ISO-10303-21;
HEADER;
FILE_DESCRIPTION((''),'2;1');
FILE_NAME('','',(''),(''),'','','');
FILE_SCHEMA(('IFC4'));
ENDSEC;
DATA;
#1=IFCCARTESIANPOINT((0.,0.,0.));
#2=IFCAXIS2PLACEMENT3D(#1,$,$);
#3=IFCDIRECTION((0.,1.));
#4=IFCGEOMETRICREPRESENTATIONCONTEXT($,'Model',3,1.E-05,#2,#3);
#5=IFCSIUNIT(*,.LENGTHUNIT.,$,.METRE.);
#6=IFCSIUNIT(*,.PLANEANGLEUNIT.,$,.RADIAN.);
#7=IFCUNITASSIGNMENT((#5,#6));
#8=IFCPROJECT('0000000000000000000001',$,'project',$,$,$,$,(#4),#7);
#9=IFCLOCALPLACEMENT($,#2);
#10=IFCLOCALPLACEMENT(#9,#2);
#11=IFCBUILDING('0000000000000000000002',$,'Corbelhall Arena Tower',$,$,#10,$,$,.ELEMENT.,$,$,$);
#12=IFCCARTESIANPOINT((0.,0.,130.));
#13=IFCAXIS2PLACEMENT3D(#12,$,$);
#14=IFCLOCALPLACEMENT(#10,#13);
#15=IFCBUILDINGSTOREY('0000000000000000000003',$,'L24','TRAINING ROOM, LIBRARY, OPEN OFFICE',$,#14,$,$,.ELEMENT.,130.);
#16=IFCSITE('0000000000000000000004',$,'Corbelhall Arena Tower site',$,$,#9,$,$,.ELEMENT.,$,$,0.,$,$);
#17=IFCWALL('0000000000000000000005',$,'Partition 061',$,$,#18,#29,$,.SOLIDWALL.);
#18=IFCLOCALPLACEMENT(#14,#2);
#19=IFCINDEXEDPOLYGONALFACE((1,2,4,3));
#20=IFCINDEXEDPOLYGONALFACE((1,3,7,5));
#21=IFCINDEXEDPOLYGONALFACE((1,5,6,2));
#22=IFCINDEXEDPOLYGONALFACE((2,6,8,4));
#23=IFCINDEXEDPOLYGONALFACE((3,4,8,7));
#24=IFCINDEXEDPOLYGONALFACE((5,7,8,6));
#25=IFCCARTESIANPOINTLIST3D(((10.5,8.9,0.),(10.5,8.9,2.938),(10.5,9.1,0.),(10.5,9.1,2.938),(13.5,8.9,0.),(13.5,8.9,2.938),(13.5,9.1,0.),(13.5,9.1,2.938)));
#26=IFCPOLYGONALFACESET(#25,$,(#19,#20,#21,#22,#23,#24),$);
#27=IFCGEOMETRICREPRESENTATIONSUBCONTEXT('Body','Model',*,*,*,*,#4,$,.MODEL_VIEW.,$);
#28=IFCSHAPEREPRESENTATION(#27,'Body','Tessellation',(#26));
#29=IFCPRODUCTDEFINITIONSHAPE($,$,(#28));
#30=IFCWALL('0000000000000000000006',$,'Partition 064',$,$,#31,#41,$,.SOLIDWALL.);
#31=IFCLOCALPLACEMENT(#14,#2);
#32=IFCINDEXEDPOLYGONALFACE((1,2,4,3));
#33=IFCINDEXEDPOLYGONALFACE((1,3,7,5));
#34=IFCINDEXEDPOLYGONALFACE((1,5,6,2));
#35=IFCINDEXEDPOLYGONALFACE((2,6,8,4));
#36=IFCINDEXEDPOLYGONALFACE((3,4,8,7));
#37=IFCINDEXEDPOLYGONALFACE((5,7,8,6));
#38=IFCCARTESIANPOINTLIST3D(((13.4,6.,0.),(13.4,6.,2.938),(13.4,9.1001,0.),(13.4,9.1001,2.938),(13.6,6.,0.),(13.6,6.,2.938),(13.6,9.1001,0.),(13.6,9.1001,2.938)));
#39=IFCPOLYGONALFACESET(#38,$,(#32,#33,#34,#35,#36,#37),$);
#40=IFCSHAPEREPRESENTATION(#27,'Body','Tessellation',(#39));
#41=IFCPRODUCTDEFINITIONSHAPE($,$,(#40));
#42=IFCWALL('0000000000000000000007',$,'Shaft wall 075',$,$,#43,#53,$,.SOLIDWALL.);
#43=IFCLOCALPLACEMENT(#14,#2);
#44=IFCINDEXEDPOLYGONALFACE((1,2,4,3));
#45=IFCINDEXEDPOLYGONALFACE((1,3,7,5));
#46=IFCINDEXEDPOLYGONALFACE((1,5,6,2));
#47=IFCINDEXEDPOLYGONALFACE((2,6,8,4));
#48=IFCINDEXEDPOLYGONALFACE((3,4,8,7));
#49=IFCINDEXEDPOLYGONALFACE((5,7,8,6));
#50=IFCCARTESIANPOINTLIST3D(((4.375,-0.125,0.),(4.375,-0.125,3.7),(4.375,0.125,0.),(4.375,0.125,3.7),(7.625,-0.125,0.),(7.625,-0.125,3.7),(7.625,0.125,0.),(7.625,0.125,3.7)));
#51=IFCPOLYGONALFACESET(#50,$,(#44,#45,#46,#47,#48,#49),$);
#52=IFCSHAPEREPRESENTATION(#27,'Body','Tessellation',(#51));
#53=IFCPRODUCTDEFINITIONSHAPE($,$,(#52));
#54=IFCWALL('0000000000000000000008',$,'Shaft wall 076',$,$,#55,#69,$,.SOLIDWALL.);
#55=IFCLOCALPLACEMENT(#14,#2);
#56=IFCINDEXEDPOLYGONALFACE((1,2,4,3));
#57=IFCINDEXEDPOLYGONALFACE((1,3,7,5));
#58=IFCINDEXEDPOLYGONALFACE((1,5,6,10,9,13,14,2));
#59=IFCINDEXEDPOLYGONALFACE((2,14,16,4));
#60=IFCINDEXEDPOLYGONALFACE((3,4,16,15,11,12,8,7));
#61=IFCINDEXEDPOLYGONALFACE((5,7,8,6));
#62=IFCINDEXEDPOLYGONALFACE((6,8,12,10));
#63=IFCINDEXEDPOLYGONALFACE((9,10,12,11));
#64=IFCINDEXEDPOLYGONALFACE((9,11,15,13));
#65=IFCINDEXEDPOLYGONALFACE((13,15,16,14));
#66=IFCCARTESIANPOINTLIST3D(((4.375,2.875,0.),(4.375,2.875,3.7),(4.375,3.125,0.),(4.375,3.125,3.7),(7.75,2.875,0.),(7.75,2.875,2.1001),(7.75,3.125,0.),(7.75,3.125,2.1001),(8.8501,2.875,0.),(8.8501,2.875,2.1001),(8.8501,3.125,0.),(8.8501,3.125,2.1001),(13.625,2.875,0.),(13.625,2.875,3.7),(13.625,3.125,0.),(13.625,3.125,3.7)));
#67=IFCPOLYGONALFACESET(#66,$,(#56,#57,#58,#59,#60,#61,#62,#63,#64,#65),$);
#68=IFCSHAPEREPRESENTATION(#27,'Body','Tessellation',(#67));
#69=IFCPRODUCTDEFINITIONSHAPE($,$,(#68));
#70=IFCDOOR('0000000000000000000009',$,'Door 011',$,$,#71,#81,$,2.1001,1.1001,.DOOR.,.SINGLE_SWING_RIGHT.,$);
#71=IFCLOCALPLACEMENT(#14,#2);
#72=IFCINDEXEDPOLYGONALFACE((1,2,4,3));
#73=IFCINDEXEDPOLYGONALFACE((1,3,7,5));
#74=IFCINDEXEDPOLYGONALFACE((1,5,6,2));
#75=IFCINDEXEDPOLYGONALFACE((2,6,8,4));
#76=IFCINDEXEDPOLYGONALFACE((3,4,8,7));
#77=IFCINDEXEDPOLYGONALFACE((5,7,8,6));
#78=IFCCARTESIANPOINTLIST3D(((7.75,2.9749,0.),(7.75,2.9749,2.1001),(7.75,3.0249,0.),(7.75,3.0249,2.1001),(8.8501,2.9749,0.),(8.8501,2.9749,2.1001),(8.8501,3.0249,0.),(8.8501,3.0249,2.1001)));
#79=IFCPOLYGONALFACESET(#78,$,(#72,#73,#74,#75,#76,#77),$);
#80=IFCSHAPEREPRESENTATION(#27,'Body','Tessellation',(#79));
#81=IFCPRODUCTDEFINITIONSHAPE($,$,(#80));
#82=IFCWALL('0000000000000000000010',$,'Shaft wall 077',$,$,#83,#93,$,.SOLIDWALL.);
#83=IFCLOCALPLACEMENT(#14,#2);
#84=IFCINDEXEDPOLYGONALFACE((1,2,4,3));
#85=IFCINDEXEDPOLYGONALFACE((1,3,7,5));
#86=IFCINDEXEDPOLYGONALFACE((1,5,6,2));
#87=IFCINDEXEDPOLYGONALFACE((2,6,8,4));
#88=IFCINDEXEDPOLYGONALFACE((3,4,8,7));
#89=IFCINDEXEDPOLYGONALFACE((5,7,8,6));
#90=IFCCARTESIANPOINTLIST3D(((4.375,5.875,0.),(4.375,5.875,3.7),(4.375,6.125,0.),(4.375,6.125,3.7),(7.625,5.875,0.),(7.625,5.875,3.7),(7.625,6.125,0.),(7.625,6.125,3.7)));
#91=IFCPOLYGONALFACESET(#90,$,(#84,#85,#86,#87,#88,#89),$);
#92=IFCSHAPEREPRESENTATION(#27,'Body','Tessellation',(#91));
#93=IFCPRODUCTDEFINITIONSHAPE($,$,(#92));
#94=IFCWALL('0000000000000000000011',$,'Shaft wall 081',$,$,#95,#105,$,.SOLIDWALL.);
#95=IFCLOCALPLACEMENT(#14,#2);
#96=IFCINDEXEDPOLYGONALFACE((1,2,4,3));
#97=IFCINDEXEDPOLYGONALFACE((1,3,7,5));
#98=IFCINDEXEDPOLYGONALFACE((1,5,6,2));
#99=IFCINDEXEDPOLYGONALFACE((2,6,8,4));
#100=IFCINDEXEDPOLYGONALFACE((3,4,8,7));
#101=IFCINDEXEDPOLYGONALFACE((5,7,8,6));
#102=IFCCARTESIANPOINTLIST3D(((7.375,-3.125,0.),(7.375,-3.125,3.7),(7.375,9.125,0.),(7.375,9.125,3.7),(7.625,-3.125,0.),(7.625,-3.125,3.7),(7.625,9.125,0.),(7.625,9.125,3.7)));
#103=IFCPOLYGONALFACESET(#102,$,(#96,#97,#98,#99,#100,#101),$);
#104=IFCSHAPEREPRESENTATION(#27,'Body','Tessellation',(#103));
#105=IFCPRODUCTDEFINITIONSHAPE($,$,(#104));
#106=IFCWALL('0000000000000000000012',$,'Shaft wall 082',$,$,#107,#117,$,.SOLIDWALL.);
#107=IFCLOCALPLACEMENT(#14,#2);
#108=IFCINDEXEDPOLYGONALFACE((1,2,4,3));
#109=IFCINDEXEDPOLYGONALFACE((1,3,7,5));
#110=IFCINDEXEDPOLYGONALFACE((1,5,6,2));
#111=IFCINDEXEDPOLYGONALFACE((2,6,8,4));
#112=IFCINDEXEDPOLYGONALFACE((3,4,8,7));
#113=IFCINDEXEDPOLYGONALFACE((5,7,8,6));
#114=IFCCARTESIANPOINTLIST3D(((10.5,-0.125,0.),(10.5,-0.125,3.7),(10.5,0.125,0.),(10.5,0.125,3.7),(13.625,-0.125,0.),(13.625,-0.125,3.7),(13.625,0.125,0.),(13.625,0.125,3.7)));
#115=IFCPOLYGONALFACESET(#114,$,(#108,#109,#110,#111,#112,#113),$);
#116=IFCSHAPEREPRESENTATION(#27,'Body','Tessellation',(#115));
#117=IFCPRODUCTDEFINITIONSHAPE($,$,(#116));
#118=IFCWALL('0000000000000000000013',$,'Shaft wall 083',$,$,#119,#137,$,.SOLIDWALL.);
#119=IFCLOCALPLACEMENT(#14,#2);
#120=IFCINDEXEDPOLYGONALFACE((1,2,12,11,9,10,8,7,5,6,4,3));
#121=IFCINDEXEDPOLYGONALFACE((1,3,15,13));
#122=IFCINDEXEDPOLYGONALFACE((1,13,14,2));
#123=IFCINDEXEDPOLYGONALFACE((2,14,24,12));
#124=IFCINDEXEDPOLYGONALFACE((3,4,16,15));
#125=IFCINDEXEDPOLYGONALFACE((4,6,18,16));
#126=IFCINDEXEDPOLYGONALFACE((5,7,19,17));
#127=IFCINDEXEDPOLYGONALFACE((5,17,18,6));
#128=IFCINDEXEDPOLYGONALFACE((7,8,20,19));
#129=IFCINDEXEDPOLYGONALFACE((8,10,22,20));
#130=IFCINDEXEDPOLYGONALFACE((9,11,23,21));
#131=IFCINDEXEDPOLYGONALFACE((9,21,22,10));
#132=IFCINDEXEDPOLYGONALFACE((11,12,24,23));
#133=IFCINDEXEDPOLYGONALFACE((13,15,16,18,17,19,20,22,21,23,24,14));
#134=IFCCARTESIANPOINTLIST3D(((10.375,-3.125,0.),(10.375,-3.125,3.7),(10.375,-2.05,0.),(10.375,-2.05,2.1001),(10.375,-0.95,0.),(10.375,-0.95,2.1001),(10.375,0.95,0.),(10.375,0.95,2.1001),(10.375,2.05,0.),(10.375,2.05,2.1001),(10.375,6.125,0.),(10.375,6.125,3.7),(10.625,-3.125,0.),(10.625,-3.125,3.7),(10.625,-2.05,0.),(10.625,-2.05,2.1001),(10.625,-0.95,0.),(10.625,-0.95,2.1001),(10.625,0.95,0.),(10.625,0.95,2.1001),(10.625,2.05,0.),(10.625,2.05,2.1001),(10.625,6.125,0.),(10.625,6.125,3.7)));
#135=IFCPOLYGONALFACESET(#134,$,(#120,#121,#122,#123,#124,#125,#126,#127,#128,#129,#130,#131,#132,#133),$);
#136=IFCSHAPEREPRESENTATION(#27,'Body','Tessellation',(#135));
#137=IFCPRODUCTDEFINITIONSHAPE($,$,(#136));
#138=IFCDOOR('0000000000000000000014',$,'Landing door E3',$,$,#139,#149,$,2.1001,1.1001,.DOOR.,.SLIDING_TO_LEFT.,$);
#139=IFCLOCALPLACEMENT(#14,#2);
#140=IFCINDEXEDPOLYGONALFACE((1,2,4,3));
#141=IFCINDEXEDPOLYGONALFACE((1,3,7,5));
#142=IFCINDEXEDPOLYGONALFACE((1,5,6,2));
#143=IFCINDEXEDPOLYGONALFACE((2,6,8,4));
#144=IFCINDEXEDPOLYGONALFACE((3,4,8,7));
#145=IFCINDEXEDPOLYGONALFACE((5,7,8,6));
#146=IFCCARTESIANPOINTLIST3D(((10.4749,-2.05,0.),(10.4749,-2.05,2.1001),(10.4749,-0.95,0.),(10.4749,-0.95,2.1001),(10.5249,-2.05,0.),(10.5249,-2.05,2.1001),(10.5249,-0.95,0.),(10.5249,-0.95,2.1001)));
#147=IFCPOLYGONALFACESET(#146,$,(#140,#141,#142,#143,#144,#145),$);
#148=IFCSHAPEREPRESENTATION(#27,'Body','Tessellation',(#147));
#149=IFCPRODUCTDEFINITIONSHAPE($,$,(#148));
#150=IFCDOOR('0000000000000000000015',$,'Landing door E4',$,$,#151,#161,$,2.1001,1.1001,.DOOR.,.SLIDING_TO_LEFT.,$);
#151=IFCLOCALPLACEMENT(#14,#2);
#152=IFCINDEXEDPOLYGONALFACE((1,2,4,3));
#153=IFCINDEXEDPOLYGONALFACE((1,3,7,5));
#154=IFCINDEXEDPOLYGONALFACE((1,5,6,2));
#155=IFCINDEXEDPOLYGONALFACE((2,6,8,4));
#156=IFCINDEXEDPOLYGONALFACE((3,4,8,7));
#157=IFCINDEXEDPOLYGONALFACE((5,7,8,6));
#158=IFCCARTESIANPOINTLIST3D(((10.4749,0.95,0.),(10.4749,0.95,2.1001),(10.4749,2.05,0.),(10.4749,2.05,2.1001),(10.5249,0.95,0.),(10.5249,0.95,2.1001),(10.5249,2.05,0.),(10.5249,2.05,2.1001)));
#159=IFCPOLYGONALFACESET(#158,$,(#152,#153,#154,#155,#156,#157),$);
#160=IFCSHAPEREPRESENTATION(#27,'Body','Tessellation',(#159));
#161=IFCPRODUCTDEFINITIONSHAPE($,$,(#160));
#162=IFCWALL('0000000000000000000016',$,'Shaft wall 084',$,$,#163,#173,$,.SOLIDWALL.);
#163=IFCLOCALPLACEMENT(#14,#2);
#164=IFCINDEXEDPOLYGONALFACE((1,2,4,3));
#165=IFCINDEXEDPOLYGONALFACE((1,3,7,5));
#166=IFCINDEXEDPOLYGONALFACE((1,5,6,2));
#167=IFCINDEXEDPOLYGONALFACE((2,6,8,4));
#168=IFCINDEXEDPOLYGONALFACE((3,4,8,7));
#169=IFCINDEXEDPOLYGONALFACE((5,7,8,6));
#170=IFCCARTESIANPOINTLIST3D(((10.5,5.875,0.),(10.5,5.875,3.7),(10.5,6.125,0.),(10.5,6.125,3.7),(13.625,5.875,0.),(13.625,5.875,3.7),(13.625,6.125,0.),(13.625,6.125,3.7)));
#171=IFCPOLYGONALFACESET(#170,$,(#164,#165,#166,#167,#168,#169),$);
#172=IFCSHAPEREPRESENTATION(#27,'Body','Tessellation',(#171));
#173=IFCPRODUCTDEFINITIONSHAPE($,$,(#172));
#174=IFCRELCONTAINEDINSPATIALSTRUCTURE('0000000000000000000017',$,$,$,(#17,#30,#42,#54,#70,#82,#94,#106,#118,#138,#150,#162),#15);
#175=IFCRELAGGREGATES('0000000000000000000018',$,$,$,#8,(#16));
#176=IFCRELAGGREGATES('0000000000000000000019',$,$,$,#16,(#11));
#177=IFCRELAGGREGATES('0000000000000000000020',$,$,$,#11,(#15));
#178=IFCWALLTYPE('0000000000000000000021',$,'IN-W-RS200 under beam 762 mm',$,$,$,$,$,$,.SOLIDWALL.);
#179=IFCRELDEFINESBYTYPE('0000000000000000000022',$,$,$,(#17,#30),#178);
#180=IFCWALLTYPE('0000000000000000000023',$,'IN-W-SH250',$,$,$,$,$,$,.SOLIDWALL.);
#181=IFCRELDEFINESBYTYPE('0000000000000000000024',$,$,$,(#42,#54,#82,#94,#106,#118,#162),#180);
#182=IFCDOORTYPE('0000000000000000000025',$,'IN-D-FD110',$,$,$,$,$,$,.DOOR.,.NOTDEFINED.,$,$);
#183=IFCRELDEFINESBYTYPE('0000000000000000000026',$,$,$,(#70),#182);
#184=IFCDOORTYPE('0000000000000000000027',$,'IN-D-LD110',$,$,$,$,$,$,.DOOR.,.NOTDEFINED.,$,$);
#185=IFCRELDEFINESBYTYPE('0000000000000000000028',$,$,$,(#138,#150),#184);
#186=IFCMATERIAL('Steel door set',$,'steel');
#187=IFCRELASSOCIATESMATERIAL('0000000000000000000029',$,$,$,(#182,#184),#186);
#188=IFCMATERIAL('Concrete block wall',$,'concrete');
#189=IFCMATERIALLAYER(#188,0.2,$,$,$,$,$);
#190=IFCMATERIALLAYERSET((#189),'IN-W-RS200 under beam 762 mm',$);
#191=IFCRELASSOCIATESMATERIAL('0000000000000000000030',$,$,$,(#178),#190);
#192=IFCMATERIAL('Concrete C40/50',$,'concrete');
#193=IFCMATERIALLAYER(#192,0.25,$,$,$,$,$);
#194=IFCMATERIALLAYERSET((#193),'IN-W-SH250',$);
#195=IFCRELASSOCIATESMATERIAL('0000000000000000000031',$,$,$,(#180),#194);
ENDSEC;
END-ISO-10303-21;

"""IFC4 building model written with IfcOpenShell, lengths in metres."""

from ifc_helpers import new_model, si_unit, direction, frame, frame_2d, origin, place, context, subcontext, project, spatial, rectangle, extrude, material, layer, layer_set, type_object, element, fill, save


model = new_model("IFC4")

# Units and contexts
model_context = context("Model", 3, precision=1e-05, world=origin(), true_north=direction((0.0, 1.0)))
body_context = subcontext(model_context, "Body", "Model", "MODEL_VIEW")
ifc_project = project(units=[si_unit("LENGTHUNIT", "METRE"), si_unit("PLANEANGLEUNIT", "RADIAN")], contexts=[model_context])

# Site, building, storey
site_placement = place(None, origin())
site = spatial("IfcSite", under=ifc_project, at=site_placement, Name="Corbelhall Arena Tower site", CompositionType="ELEMENT", RefElevation=0.0)
building_placement = place(site_placement, origin())
building = spatial("IfcBuilding", under=site, at=building_placement, Name="Corbelhall Arena Tower", CompositionType="ELEMENT")
storey_placement = place(building_placement, frame((0.0, 0.0, 130.0)))
storey = spatial("IfcBuildingStorey", under=building, at=storey_placement, Name="L24", Description="TRAINING ROOM, LIBRARY, OPEN OFFICE", CompositionType="ELEMENT", Elevation=130.0)

# Shared definitions
ifc_material_1 = material(Name="Concrete C40/50", Category="concrete")

# Shared definitions
ifc_material_2 = material(Name="Concrete block wall", Category="concrete")
ifc_material_3 = material(Name="Steel door set", Category="steel")
door_type_1 = type_object("IfcDoorType", Name="IN-D-FD110", OperationType="NOTDEFINED", PredefinedType="DOOR", material=ifc_material_3)

# Walls
ifc_layer_1 = layer(ifc_material_2, 0.2)
ifc_layer_set_1 = layer_set([ifc_layer_1], Name="IN-W-RS200 under beam 762 mm")
wall_type_1 = type_object("IfcWallType", Name="IN-W-RS200 under beam 762 mm", PredefinedType="SOLIDWALL", material=ifc_layer_set_1)
wall_1_placement = place(storey_placement, frame((10.5, 9.0, 0.0), z_axis=(0.0, 0.0, 1.0), x_axis=(1.0, 0.0, 0.0)))
element("IfcWall", 1, at=wall_1_placement, inside=storey, type_object=wall_type_1, Name="Partition 061", PredefinedType="SOLIDWALL", context=body_context, shape_type="SweptSolid", body=[
    extrude(rectangle(XDim=3.0, YDim=0.2, at=frame_2d((1.5, 0.0))), origin(), (0.0, 0.0, 1.0), 2.938),
])
wall_2_placement = place(storey_placement, frame((13.5, 9.1001, 0.0), z_axis=(0.0, 0.0, 1.0), x_axis=(0.0, -1.0, 0.0)))
element("IfcWall", 2, at=wall_2_placement, inside=storey, type_object=wall_type_1, Name="Partition 064", PredefinedType="SOLIDWALL", context=body_context, shape_type="SweptSolid", body=[
    extrude(rectangle(XDim=3.1001, YDim=0.2, at=frame_2d((1.55, 0.0))), origin(), (0.0, 0.0, 1.0), 2.938),
])
ifc_layer_2 = layer(ifc_material_1, 0.25)
ifc_layer_set_2 = layer_set([ifc_layer_2], Name="IN-W-SH250")
wall_type_2 = type_object("IfcWallType", Name="IN-W-SH250", PredefinedType="SOLIDWALL", material=ifc_layer_set_2)
wall_3_placement = place(storey_placement, frame((4.375, 0.0, 0.0), z_axis=(0.0, 0.0, 1.0), x_axis=(1.0, 0.0, 0.0)))
element("IfcWall", 3, at=wall_3_placement, inside=storey, type_object=wall_type_2, Name="Shaft wall 075", PredefinedType="SOLIDWALL", context=body_context, shape_type="SweptSolid", body=[
    extrude(rectangle(XDim=3.25, YDim=0.25, at=frame_2d((1.625, 0.0))), origin(), (0.0, 0.0, 1.0), 3.7),
])

# Wall, opening, door
wall_4_placement = place(storey_placement, frame((4.375, 3.0, 0.0), z_axis=(0.0, 0.0, 1.0), x_axis=(1.0, 0.0, 0.0)))
wall_4 = element("IfcWall", 4, at=wall_4_placement, inside=storey, type_object=wall_type_2, Name="Shaft wall 076", PredefinedType="SOLIDWALL", context=body_context, shape_type="SweptSolid", body=[
    extrude(rectangle(XDim=9.25, YDim=0.25, at=frame_2d((4.625, 0.0))), origin(), (0.0, 0.0, 1.0), 3.7),
])
opening_1_placement = place(wall_4_placement, frame((3.375, 0.0, 0.0)))
opening_1 = element("IfcOpeningElement", 5, at=opening_1_placement, cuts=wall_4, PredefinedType="OPENING", context=body_context, shape_type="SweptSolid", body=[
    extrude(rectangle(XDim=1.1001, YDim=2.1001, at=frame_2d((0.55, 1.05))), frame((0.0, 0.125, 0.0), z_axis=(0.0, -1.0, 0.0), x_axis=(1.0, 0.0, 0.0)), (0.0, 0.0, 1.0), 0.25),
])
door_1_placement = place(opening_1_placement, origin())
door_1 = element("IfcDoor", 6, at=door_1_placement, inside=storey, type_object=door_type_1, Name="Door 011", OperationType="SINGLE_SWING_RIGHT", OverallHeight=2.1001, OverallWidth=1.1001, PredefinedType="DOOR", context=body_context, shape_type="SweptSolid", body=[
    extrude(rectangle(XDim=1.1001, YDim=2.1001, at=frame_2d((0.55, 1.05))), frame((0.0, 0.0249, 0.0), z_axis=(0.0, -1.0, 0.0), x_axis=(1.0, 0.0, 0.0)), (0.0, 0.0, 1.0), 0.05),
])
fill(opening_1, door_1)

# Walls
wall_5_placement = place(storey_placement, frame((4.375, 6.0, 0.0), z_axis=(0.0, 0.0, 1.0), x_axis=(1.0, 0.0, 0.0)))
element("IfcWall", 7, at=wall_5_placement, inside=storey, type_object=wall_type_2, Name="Shaft wall 077", PredefinedType="SOLIDWALL", context=body_context, shape_type="SweptSolid", body=[
    extrude(rectangle(XDim=3.25, YDim=0.25, at=frame_2d((1.625, 0.0))), origin(), (0.0, 0.0, 1.0), 3.7),
])
wall_6_placement = place(storey_placement, frame((7.5, 9.125, 0.0), z_axis=(0.0, 0.0, 1.0), x_axis=(0.0, -1.0, 0.0)))
element("IfcWall", 8, at=wall_6_placement, inside=storey, type_object=wall_type_2, Name="Shaft wall 081", PredefinedType="SOLIDWALL", context=body_context, shape_type="SweptSolid", body=[
    extrude(rectangle(XDim=12.25, YDim=0.25, at=frame_2d((6.125, 0.0))), origin(), (0.0, 0.0, 1.0), 3.7),
])
wall_7_placement = place(storey_placement, frame((10.5, 0.0, 0.0), z_axis=(0.0, 0.0, 1.0), x_axis=(1.0, 0.0, 0.0)))
element("IfcWall", 9, at=wall_7_placement, inside=storey, type_object=wall_type_2, Name="Shaft wall 082", PredefinedType="SOLIDWALL", context=body_context, shape_type="SweptSolid", body=[
    extrude(rectangle(XDim=3.125, YDim=0.25, at=frame_2d((1.5625, 0.0))), origin(), (0.0, 0.0, 1.0), 3.7),
])

# Wall, openings, doors
wall_8_placement = place(storey_placement, frame((10.5, 6.125, 0.0), z_axis=(0.0, 0.0, 1.0), x_axis=(0.0, -1.0, 0.0)))
wall_8 = element("IfcWall", 10, at=wall_8_placement, inside=storey, type_object=wall_type_2, Name="Shaft wall 083", PredefinedType="SOLIDWALL", context=body_context, shape_type="SweptSolid", body=[
    extrude(rectangle(XDim=9.25, YDim=0.25, at=frame_2d((4.625, 0.0))), origin(), (0.0, 0.0, 1.0), 3.7),
])
opening_2_placement = place(wall_8_placement, frame((7.075, 0.0, 0.0)))
opening_2 = element("IfcOpeningElement", 11, at=opening_2_placement, cuts=wall_8, PredefinedType="OPENING", context=body_context, shape_type="SweptSolid", body=[
    extrude(rectangle(XDim=1.1001, YDim=2.1001, at=frame_2d((0.55, 1.05))), frame((0.0, 0.125, 0.0), z_axis=(0.0, -1.0, 0.0), x_axis=(1.0, 0.0, 0.0)), (0.0, 0.0, 1.0), 0.25),
])
opening_3_placement = place(wall_8_placement, frame((4.075, 0.0, 0.0)))
opening_3 = element("IfcOpeningElement", 12, at=opening_3_placement, cuts=wall_8, PredefinedType="OPENING", context=body_context, shape_type="SweptSolid", body=[
    extrude(rectangle(XDim=1.1001, YDim=2.1001, at=frame_2d((0.55, 1.05))), frame((0.0, 0.125, 0.0), z_axis=(0.0, -1.0, 0.0), x_axis=(1.0, 0.0, 0.0)), (0.0, 0.0, 1.0), 0.25),
])
door_type_2 = type_object("IfcDoorType", Name="IN-D-LD110", OperationType="NOTDEFINED", PredefinedType="DOOR", material=ifc_material_3)
door_2_placement = place(opening_2_placement, origin())
door_2 = element("IfcDoor", 13, at=door_2_placement, inside=storey, type_object=door_type_2, Name="Landing door E3", OperationType="SLIDING_TO_LEFT", OverallHeight=2.1001, OverallWidth=1.1001, PredefinedType="DOOR", context=body_context, shape_type="SweptSolid", body=[
    extrude(rectangle(XDim=1.1001, YDim=2.1001, at=frame_2d((0.55, 1.05))), frame((0.0, 0.0249, 0.0), z_axis=(0.0, -1.0, 0.0), x_axis=(1.0, 0.0, 0.0)), (0.0, 0.0, 1.0), 0.05),
])
fill(opening_2, door_2)
door_3_placement = place(opening_3_placement, origin())
door_3 = element("IfcDoor", 14, at=door_3_placement, inside=storey, type_object=door_type_2, Name="Landing door E4", OperationType="SLIDING_TO_LEFT", OverallHeight=2.1001, OverallWidth=1.1001, PredefinedType="DOOR", context=body_context, shape_type="SweptSolid", body=[
    extrude(rectangle(XDim=1.1001, YDim=2.1001, at=frame_2d((0.55, 1.05))), frame((0.0, 0.0249, 0.0), z_axis=(0.0, -1.0, 0.0), x_axis=(1.0, 0.0, 0.0)), (0.0, 0.0, 1.0), 0.05),
])
fill(opening_3, door_3)

# Wall
wall_9_placement = place(storey_placement, frame((10.5, 6.0, 0.0), z_axis=(0.0, 0.0, 1.0), x_axis=(1.0, 0.0, 0.0)))
element("IfcWall", 15, at=wall_9_placement, inside=storey, type_object=wall_type_2, Name="Shaft wall 084", PredefinedType="SOLIDWALL", context=body_context, shape_type="SweptSolid", body=[
    extrude(rectangle(XDim=3.125, YDim=0.25, at=frame_2d((1.5625, 0.0))), origin(), (0.0, 0.0, 1.0), 3.7),
])

save(model, "model.ifc")
